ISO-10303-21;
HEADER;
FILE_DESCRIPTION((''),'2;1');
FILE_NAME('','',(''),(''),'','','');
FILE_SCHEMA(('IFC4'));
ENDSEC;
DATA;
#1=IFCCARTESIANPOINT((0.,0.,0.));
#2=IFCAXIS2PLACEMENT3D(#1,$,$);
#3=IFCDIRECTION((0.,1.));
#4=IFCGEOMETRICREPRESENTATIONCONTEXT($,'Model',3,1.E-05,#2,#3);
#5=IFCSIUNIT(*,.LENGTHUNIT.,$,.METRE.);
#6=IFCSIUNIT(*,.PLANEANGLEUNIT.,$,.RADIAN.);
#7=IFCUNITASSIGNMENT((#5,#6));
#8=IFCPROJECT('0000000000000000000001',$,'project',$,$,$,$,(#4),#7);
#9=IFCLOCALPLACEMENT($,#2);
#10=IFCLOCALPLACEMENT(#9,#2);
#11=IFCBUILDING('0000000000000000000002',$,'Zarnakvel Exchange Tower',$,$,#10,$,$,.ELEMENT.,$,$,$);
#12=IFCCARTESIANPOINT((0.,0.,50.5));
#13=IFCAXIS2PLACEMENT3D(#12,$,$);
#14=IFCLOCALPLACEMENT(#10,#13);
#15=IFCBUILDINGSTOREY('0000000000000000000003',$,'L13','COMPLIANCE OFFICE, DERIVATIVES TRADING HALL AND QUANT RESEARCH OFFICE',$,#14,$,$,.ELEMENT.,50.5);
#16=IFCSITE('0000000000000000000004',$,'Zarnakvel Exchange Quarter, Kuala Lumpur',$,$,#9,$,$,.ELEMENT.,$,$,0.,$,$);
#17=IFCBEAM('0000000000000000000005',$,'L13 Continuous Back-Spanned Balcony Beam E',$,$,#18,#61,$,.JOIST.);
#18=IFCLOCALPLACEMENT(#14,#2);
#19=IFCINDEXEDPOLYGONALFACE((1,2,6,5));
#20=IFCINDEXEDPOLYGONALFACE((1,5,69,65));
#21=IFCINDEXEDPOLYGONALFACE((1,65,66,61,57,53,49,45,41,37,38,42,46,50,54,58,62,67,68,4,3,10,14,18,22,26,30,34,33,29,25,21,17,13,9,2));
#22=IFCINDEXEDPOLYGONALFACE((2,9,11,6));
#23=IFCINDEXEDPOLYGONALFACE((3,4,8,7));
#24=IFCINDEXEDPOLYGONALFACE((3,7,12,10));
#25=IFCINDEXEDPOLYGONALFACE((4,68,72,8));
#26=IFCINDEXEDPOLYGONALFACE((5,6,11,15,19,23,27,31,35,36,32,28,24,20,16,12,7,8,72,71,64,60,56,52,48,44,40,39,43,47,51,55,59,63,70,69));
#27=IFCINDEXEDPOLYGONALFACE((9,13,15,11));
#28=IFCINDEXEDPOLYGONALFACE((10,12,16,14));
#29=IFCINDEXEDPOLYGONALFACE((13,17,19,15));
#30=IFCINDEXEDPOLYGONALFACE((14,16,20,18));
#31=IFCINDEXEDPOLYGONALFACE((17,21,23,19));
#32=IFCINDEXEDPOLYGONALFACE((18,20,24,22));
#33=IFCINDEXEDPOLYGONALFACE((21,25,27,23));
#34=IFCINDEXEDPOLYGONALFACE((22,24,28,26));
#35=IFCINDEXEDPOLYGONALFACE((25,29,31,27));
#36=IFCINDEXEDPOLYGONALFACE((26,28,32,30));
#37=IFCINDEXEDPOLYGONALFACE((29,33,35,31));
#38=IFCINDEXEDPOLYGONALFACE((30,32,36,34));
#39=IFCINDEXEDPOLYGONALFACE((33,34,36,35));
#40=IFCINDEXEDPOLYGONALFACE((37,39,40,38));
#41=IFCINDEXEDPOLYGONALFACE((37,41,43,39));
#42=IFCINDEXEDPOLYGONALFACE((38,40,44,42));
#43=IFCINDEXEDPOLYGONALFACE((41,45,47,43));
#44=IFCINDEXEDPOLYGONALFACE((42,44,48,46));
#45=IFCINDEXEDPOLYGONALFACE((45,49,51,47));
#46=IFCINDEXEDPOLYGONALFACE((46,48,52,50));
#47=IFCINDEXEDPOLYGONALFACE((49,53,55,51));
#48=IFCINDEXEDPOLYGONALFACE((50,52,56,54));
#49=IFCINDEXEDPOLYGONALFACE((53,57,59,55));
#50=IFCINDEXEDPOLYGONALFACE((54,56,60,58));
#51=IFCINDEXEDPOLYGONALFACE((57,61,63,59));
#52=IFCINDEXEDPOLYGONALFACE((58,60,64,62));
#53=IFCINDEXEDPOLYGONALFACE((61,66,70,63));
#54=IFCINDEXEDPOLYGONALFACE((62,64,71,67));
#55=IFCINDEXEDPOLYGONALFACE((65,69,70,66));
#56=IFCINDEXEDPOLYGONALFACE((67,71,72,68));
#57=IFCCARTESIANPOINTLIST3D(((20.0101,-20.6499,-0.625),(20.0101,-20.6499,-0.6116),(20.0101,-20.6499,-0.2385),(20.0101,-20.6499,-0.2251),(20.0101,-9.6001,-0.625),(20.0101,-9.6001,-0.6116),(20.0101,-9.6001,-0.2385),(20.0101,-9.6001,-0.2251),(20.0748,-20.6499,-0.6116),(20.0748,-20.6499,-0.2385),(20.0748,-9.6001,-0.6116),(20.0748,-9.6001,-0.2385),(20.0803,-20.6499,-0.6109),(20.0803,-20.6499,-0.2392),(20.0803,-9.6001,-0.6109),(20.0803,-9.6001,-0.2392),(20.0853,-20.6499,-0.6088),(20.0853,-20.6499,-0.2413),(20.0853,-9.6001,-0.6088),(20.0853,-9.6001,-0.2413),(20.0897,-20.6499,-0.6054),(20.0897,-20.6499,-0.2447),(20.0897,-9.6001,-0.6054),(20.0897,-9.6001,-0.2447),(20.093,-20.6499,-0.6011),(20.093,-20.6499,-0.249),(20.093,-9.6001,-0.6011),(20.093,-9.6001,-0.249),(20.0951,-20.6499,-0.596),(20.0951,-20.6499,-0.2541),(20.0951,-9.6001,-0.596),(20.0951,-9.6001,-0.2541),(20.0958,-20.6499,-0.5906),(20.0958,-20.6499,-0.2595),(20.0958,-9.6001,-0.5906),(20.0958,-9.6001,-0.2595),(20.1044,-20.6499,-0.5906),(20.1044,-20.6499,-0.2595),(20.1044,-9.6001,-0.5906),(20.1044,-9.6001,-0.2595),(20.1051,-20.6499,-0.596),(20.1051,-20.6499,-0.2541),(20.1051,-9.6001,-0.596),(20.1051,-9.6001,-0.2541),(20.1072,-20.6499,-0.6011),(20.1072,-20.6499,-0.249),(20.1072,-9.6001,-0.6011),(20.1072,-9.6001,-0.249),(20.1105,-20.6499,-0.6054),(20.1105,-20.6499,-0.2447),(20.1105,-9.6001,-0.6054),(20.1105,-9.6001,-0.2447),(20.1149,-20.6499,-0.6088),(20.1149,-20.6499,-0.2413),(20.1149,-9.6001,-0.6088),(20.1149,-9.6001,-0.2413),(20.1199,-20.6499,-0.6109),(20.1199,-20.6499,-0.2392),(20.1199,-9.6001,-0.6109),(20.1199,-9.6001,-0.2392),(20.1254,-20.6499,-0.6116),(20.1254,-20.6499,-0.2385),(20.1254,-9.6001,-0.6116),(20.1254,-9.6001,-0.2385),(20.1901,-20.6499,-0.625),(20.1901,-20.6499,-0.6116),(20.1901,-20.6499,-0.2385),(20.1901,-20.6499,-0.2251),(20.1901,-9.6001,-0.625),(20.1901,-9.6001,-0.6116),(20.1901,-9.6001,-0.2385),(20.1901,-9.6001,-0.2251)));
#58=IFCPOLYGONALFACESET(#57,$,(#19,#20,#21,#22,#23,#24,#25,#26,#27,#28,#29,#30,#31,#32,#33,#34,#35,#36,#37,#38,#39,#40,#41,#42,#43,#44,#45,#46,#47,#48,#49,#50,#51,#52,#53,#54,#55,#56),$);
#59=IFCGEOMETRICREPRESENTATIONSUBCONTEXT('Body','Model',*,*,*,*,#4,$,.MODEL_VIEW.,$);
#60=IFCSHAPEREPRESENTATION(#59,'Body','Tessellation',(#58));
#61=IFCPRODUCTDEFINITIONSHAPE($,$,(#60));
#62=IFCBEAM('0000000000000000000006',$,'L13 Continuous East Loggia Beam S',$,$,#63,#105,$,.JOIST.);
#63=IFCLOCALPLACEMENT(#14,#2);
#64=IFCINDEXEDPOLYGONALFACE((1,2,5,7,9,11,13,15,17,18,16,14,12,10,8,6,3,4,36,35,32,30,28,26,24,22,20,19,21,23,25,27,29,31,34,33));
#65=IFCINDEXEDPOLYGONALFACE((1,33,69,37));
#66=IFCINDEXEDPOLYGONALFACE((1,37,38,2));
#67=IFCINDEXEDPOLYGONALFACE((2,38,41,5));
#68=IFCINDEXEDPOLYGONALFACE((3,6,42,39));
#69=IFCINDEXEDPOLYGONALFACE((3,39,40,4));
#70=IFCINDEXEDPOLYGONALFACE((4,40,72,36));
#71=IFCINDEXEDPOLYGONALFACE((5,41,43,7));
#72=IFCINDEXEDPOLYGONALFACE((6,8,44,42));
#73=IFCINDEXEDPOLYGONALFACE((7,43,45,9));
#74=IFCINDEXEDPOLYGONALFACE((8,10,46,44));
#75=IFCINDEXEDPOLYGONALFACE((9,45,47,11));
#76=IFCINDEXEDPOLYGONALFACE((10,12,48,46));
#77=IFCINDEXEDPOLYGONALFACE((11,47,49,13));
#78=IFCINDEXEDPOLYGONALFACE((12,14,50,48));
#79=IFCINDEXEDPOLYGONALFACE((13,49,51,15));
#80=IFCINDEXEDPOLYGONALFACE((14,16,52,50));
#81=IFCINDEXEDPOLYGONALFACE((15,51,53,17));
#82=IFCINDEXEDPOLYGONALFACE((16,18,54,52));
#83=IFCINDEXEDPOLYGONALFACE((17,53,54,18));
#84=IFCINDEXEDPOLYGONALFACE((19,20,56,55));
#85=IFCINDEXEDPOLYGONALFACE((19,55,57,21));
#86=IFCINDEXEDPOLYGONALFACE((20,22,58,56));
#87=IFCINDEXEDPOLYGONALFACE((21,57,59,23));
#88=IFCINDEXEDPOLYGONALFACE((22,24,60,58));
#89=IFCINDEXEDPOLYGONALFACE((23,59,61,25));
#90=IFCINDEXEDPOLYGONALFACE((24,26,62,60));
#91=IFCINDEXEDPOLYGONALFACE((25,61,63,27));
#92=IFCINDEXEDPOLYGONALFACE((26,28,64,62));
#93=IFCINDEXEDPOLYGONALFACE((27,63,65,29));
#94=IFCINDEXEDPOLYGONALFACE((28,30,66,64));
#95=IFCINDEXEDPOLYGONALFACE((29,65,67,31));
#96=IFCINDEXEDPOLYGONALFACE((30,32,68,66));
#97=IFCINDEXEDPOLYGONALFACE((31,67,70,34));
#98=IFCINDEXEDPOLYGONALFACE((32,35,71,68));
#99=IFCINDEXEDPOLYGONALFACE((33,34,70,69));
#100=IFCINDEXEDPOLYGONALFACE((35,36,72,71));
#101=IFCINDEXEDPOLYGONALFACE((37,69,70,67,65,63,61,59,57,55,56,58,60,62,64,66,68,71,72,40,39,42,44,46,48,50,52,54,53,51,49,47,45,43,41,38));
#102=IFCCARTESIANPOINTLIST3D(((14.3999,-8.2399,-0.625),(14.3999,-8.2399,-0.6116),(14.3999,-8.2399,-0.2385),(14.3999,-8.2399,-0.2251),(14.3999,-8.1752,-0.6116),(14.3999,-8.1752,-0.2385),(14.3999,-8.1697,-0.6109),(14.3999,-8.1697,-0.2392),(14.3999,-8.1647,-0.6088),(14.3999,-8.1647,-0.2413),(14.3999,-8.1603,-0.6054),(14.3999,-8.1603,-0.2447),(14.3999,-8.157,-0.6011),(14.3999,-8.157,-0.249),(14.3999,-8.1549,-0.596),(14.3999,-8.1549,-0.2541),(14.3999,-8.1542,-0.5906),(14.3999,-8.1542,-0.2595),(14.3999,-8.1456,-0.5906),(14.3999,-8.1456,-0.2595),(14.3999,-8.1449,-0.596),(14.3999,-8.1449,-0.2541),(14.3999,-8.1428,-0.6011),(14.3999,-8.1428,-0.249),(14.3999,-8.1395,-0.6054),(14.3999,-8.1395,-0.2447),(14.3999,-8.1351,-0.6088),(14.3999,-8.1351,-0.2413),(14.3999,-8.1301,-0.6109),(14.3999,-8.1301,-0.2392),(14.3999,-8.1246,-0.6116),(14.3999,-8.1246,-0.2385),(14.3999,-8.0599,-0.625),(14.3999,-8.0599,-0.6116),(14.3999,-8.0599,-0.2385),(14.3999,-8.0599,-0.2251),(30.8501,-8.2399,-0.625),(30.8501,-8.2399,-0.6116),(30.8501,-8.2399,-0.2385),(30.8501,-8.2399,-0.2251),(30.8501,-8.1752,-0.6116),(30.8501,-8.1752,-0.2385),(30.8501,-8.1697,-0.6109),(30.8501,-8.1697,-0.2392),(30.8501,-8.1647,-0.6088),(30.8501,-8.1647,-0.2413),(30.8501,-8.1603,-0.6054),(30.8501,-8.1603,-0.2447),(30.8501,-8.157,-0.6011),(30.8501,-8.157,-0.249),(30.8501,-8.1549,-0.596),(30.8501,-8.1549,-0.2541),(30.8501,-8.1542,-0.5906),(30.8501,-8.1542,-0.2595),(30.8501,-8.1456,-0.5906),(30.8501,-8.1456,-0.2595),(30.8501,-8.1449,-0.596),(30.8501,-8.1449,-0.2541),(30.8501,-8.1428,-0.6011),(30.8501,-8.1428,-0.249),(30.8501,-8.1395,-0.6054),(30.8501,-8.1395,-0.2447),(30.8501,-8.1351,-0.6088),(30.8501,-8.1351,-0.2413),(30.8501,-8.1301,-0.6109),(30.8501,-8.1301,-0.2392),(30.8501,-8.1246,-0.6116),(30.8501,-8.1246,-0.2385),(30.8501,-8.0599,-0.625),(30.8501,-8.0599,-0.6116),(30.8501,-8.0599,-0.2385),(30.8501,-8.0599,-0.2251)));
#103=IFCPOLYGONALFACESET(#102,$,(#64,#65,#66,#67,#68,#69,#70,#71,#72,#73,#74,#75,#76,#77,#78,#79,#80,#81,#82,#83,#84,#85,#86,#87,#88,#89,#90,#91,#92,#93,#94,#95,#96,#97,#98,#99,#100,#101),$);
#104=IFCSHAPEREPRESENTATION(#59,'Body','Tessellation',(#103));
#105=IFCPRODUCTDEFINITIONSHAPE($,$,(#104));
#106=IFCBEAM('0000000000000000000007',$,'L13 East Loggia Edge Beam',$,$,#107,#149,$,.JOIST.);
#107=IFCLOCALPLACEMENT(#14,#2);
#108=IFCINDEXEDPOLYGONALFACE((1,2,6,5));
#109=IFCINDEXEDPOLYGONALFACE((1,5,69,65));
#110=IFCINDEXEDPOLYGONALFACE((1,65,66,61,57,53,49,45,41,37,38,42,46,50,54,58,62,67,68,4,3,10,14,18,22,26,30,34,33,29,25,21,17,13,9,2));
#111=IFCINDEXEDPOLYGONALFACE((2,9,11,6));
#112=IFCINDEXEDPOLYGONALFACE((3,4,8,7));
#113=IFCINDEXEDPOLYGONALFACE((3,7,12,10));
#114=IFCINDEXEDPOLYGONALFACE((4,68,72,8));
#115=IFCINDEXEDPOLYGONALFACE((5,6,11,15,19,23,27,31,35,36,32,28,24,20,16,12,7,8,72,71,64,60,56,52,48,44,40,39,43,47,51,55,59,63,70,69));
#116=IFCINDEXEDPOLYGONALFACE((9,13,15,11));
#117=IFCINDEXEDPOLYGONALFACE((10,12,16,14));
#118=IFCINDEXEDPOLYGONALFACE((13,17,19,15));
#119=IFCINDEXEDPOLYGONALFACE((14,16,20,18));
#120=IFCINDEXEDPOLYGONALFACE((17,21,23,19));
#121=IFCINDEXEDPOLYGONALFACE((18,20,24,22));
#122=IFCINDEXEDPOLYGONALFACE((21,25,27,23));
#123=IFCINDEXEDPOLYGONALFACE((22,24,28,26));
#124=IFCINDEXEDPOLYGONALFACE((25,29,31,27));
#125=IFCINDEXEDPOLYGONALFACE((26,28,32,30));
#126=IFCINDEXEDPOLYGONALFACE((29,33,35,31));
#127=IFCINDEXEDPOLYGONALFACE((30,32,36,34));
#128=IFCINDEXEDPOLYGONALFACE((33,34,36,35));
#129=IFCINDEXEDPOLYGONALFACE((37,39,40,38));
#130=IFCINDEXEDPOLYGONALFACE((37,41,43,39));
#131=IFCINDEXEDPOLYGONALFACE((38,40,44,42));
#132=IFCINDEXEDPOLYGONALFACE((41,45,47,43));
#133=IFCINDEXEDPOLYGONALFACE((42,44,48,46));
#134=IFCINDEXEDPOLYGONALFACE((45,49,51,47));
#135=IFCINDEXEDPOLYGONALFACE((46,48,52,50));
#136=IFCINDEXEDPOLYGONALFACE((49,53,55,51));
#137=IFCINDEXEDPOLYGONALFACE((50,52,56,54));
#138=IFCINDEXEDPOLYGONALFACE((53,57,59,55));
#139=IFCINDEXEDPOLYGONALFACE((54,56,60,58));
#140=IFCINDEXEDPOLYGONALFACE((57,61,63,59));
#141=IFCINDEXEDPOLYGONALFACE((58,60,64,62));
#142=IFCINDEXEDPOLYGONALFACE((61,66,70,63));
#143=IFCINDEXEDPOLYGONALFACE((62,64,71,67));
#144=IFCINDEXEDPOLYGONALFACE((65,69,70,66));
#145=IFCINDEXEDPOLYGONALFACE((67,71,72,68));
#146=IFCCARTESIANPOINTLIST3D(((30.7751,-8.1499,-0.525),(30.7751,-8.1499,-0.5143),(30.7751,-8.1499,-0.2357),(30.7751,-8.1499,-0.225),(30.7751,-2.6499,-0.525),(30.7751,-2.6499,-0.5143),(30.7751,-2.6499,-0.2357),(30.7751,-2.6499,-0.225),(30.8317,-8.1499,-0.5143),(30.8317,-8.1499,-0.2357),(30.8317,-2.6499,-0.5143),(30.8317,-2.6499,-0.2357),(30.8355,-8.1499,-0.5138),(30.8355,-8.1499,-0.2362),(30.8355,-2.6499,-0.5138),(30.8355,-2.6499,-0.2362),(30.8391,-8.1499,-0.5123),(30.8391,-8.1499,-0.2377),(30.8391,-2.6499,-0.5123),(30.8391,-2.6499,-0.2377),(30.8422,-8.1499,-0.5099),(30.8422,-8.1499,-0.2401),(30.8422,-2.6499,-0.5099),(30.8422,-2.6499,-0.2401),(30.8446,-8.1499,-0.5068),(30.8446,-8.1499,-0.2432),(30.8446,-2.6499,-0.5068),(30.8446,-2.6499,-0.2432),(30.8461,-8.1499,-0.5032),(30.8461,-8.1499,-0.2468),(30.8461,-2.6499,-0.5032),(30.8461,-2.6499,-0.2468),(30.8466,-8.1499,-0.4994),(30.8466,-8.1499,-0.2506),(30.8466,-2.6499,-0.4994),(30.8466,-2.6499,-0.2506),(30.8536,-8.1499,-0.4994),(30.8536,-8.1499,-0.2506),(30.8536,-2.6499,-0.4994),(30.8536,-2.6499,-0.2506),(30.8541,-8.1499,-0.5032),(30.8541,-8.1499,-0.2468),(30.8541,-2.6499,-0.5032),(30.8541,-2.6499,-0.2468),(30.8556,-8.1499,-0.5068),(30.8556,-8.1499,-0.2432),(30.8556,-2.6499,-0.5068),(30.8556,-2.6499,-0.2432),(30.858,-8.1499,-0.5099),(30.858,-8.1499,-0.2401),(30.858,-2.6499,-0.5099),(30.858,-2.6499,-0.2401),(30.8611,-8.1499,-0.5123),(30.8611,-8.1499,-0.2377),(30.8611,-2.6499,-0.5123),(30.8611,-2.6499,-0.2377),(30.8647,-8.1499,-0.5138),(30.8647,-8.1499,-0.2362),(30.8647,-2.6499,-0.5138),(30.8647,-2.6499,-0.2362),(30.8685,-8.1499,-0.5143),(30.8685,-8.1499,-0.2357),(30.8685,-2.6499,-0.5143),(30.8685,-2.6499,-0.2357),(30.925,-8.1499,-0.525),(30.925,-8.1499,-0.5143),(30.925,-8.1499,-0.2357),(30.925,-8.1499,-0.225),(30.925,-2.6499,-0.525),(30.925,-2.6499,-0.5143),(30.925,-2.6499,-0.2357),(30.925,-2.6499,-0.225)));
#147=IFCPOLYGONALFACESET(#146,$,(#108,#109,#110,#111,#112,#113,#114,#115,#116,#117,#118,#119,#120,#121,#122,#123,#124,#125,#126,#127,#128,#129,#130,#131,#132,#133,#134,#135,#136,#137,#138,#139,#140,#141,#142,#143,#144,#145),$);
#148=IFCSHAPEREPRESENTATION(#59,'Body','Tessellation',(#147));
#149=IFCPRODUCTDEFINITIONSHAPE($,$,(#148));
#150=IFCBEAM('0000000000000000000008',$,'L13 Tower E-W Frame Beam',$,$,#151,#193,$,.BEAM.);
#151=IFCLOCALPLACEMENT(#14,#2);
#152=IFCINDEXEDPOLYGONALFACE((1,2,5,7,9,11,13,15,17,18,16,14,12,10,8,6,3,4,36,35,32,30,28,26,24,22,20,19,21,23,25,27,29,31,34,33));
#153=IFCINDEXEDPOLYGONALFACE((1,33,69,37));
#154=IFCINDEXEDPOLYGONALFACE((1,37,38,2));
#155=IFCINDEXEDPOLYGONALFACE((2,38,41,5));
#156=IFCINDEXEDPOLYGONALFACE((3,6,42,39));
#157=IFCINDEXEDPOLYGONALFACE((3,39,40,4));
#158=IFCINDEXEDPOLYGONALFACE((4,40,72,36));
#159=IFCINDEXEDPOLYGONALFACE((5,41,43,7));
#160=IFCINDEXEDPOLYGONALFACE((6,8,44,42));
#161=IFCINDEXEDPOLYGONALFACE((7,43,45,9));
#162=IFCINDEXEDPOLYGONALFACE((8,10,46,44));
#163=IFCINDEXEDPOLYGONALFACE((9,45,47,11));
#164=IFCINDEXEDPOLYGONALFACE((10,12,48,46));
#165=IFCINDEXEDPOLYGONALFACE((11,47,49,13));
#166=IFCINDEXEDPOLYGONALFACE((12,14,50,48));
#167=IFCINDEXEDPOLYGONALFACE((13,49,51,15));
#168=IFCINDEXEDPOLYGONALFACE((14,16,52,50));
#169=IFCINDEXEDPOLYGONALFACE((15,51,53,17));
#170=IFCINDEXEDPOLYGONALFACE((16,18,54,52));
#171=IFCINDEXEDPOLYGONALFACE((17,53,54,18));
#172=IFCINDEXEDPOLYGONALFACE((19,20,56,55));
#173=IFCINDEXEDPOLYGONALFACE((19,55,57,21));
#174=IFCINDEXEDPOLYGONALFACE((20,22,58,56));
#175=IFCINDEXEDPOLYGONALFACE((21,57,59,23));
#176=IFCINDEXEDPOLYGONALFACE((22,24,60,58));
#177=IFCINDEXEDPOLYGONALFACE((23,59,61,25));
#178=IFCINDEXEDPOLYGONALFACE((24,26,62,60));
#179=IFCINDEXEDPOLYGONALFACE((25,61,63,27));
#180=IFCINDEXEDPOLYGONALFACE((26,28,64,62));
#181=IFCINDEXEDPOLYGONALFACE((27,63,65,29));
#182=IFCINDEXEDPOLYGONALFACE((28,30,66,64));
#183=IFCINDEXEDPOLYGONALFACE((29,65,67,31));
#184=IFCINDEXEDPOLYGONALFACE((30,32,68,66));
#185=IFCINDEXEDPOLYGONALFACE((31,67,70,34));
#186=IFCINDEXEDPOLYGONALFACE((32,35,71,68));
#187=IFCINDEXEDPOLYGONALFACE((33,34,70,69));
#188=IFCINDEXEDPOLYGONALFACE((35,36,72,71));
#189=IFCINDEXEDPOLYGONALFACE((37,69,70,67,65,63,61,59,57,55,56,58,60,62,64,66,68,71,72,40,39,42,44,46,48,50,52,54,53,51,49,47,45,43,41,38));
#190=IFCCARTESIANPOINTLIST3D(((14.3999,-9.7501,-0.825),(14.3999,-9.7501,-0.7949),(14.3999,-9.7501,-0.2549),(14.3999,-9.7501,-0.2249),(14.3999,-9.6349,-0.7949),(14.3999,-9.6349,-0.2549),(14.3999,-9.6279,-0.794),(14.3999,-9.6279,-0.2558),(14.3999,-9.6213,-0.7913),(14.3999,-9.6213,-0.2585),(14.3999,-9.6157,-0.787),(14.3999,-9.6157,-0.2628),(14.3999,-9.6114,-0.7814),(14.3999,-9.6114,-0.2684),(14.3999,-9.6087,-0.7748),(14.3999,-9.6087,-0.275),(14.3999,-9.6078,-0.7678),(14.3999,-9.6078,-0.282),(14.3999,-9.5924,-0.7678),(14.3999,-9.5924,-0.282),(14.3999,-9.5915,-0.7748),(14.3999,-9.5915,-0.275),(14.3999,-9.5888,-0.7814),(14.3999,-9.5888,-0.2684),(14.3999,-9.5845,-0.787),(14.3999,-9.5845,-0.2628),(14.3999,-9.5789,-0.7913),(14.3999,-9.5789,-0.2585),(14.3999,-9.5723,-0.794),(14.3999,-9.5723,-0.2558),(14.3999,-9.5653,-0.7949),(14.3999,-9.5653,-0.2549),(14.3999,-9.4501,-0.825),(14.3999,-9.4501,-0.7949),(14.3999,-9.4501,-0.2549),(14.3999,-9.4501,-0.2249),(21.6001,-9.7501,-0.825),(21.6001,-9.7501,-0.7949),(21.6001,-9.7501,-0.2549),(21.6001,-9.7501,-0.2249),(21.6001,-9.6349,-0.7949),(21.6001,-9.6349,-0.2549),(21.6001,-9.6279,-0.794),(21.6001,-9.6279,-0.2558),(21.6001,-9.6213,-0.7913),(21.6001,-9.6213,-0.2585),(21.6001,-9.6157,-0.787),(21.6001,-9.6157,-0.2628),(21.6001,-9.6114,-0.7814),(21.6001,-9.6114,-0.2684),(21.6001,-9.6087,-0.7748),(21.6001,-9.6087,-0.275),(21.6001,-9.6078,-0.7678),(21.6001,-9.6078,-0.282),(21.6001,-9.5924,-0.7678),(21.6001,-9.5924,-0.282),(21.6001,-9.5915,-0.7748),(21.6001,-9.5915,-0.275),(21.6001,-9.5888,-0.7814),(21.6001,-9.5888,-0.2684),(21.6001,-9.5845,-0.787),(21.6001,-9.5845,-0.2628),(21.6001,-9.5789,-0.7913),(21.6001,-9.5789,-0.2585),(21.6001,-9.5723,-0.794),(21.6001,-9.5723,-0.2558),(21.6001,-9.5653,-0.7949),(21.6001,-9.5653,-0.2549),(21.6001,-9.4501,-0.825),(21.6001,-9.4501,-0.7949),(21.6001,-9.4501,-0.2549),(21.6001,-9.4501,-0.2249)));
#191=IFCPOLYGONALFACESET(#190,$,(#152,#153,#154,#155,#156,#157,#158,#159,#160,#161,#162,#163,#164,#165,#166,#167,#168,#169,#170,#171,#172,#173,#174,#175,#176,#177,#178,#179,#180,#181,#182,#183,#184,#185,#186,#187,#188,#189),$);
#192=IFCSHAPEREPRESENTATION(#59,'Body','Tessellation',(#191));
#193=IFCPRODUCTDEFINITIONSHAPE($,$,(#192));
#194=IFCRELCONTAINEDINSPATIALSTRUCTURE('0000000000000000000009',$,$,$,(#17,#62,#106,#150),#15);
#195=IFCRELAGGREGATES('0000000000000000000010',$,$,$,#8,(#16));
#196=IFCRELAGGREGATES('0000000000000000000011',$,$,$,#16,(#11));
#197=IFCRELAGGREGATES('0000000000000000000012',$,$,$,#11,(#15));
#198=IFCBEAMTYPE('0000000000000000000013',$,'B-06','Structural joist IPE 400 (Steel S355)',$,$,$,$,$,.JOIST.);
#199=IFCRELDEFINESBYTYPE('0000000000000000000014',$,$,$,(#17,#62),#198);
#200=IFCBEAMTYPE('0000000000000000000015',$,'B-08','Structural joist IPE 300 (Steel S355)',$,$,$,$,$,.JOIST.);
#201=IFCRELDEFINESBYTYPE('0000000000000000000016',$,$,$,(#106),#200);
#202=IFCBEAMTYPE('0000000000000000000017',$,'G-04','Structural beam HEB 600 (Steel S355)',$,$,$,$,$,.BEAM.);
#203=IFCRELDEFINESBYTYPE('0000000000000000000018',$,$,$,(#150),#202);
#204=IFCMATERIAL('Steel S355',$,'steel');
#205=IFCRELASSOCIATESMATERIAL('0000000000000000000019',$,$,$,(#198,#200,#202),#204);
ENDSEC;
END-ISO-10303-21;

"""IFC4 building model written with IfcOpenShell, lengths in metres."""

from ifc_helpers import new_model, si_unit, direction, frame, origin, origin_2d, place, context, subcontext, project, spatial, i_section, extrude, material, material_profile, profile_set, type_object, element, save


model = new_model("IFC4")

# Units and contexts
model_context = context("Model", 3, precision=1e-05, world=origin(), true_north=direction((0.0, 1.0)))
body_context = subcontext(model_context, "Body", "Model", "MODEL_VIEW")
ifc_project = project(units=[si_unit("LENGTHUNIT", "METRE"), si_unit("PLANEANGLEUNIT", "RADIAN")], contexts=[model_context])

# Site, building, storey
site_placement = place(None, origin())
site = spatial("IfcSite", under=ifc_project, at=site_placement, Name="Zarnakvel Exchange Quarter, Kuala Lumpur", CompositionType="ELEMENT", RefElevation=0.0)
building_placement = place(site_placement, origin())
building = spatial("IfcBuilding", under=site, at=building_placement, Name="Zarnakvel Exchange Tower", CompositionType="ELEMENT")
storey_placement = place(building_placement, frame((0.0, 0.0, 50.5)))
storey = spatial("IfcBuildingStorey", under=building, at=storey_placement, Name="L13", Description="COMPLIANCE OFFICE, DERIVATIVES TRADING HALL AND QUANT RESEARCH OFFICE", CompositionType="ELEMENT", Elevation=50.5)

# Shared definitions
ifc_material_1 = material(Name="Steel S355", Category="steel")

# Beams
ifc_material_profile_1 = material_profile(ifc_material_1, i_section(OverallWidth=0.1799, OverallDepth=0.3999, WebThickness=0.0085, FlangeThickness=0.0134, FilletRadius=0.021, at=origin_2d()))
ifc_profile_set_1 = profile_set([ifc_material_profile_1], Name="Steel S355")
beam_type_1 = type_object("IfcBeamType", Name="B-06", Description="Structural joist IPE 400 (Steel S355)", PredefinedType="JOIST", material=ifc_profile_set_1)
beam_1_placement = place(storey_placement, frame((20.1001, -9.6001, -0.425), z_axis=(0.0, -1.0, 0.0), x_axis=(1.0, 0.0, 0.0)))
element("IfcBeam", 1, at=beam_1_placement, inside=storey, type_object=beam_type_1, Name="L13 Continuous Back-Spanned Balcony Beam E", PredefinedType="JOIST", context=body_context, shape_type="SweptSolid", body=[
    extrude(i_section(OverallWidth=0.1799, OverallDepth=0.3999, WebThickness=0.0085, FlangeThickness=0.0134, FilletRadius=0.021, at=origin_2d()), origin(), (0.0, 0.0, 1.0), 11.0498),
])
beam_2_placement = place(storey_placement, frame((14.3999, -8.1499, -0.425), z_axis=(1.0, 0.0, 0.0), x_axis=(0.0, 1.0, 0.0)))
element("IfcBeam", 2, at=beam_2_placement, inside=storey, type_object=beam_type_1, Name="L13 Continuous East Loggia Beam S", PredefinedType="JOIST", context=body_context, shape_type="SweptSolid", body=[
    extrude(i_section(OverallWidth=0.1799, OverallDepth=0.3999, WebThickness=0.0085, FlangeThickness=0.0134, FilletRadius=0.021, at=origin_2d()), origin(), (0.0, 0.0, 1.0), 16.4502),
])
ifc_material_profile_2 = material_profile(ifc_material_1, i_section(OverallWidth=0.1499, OverallDepth=0.3, WebThickness=0.0071, FlangeThickness=0.0107, FilletRadius=0.0149, at=origin_2d()))
ifc_profile_set_2 = profile_set([ifc_material_profile_2], Name="Steel S355")
beam_type_2 = type_object("IfcBeamType", Name="B-08", Description="Structural joist IPE 300 (Steel S355)", PredefinedType="JOIST", material=ifc_profile_set_2)
beam_3_placement = place(storey_placement, frame((30.8501, -8.1499, -0.375), z_axis=(0.0, 1.0, 0.0), x_axis=(-1.0, 0.0, 0.0)))
element("IfcBeam", 3, at=beam_3_placement, inside=storey, type_object=beam_type_2, Name="L13 East Loggia Edge Beam", PredefinedType="JOIST", context=body_context, shape_type="SweptSolid", body=[
    extrude(i_section(OverallWidth=0.1499, OverallDepth=0.3, WebThickness=0.0071, FlangeThickness=0.0107, FilletRadius=0.0149, at=origin_2d()), origin(), (0.0, 0.0, 1.0), 5.5),
])
ifc_material_profile_3 = material_profile(ifc_material_1, i_section(OverallWidth=0.3, OverallDepth=0.6001, WebThickness=0.0154, FlangeThickness=0.03, FilletRadius=0.0271, at=origin_2d()))
ifc_profile_set_3 = profile_set([ifc_material_profile_3], Name="Steel S355")
beam_type_3 = type_object("IfcBeamType", Name="G-04", Description="Structural beam HEB 600 (Steel S355)", PredefinedType="BEAM", material=ifc_profile_set_3)
beam_4_placement = place(storey_placement, frame((14.3999, -9.6001, -0.5249), z_axis=(1.0, 0.0, 0.0), x_axis=(0.0, 1.0, 0.0)))
element("IfcBeam", 4, at=beam_4_placement, inside=storey, type_object=beam_type_3, Name="L13 Tower E-W Frame Beam", PredefinedType="BEAM", context=body_context, shape_type="SweptSolid", body=[
    extrude(i_section(OverallWidth=0.3, OverallDepth=0.6001, WebThickness=0.0154, FlangeThickness=0.03, FilletRadius=0.0271, at=origin_2d()), origin(), (0.0, 0.0, 1.0), 7.2002),
])

save(model, "model.ifc")
